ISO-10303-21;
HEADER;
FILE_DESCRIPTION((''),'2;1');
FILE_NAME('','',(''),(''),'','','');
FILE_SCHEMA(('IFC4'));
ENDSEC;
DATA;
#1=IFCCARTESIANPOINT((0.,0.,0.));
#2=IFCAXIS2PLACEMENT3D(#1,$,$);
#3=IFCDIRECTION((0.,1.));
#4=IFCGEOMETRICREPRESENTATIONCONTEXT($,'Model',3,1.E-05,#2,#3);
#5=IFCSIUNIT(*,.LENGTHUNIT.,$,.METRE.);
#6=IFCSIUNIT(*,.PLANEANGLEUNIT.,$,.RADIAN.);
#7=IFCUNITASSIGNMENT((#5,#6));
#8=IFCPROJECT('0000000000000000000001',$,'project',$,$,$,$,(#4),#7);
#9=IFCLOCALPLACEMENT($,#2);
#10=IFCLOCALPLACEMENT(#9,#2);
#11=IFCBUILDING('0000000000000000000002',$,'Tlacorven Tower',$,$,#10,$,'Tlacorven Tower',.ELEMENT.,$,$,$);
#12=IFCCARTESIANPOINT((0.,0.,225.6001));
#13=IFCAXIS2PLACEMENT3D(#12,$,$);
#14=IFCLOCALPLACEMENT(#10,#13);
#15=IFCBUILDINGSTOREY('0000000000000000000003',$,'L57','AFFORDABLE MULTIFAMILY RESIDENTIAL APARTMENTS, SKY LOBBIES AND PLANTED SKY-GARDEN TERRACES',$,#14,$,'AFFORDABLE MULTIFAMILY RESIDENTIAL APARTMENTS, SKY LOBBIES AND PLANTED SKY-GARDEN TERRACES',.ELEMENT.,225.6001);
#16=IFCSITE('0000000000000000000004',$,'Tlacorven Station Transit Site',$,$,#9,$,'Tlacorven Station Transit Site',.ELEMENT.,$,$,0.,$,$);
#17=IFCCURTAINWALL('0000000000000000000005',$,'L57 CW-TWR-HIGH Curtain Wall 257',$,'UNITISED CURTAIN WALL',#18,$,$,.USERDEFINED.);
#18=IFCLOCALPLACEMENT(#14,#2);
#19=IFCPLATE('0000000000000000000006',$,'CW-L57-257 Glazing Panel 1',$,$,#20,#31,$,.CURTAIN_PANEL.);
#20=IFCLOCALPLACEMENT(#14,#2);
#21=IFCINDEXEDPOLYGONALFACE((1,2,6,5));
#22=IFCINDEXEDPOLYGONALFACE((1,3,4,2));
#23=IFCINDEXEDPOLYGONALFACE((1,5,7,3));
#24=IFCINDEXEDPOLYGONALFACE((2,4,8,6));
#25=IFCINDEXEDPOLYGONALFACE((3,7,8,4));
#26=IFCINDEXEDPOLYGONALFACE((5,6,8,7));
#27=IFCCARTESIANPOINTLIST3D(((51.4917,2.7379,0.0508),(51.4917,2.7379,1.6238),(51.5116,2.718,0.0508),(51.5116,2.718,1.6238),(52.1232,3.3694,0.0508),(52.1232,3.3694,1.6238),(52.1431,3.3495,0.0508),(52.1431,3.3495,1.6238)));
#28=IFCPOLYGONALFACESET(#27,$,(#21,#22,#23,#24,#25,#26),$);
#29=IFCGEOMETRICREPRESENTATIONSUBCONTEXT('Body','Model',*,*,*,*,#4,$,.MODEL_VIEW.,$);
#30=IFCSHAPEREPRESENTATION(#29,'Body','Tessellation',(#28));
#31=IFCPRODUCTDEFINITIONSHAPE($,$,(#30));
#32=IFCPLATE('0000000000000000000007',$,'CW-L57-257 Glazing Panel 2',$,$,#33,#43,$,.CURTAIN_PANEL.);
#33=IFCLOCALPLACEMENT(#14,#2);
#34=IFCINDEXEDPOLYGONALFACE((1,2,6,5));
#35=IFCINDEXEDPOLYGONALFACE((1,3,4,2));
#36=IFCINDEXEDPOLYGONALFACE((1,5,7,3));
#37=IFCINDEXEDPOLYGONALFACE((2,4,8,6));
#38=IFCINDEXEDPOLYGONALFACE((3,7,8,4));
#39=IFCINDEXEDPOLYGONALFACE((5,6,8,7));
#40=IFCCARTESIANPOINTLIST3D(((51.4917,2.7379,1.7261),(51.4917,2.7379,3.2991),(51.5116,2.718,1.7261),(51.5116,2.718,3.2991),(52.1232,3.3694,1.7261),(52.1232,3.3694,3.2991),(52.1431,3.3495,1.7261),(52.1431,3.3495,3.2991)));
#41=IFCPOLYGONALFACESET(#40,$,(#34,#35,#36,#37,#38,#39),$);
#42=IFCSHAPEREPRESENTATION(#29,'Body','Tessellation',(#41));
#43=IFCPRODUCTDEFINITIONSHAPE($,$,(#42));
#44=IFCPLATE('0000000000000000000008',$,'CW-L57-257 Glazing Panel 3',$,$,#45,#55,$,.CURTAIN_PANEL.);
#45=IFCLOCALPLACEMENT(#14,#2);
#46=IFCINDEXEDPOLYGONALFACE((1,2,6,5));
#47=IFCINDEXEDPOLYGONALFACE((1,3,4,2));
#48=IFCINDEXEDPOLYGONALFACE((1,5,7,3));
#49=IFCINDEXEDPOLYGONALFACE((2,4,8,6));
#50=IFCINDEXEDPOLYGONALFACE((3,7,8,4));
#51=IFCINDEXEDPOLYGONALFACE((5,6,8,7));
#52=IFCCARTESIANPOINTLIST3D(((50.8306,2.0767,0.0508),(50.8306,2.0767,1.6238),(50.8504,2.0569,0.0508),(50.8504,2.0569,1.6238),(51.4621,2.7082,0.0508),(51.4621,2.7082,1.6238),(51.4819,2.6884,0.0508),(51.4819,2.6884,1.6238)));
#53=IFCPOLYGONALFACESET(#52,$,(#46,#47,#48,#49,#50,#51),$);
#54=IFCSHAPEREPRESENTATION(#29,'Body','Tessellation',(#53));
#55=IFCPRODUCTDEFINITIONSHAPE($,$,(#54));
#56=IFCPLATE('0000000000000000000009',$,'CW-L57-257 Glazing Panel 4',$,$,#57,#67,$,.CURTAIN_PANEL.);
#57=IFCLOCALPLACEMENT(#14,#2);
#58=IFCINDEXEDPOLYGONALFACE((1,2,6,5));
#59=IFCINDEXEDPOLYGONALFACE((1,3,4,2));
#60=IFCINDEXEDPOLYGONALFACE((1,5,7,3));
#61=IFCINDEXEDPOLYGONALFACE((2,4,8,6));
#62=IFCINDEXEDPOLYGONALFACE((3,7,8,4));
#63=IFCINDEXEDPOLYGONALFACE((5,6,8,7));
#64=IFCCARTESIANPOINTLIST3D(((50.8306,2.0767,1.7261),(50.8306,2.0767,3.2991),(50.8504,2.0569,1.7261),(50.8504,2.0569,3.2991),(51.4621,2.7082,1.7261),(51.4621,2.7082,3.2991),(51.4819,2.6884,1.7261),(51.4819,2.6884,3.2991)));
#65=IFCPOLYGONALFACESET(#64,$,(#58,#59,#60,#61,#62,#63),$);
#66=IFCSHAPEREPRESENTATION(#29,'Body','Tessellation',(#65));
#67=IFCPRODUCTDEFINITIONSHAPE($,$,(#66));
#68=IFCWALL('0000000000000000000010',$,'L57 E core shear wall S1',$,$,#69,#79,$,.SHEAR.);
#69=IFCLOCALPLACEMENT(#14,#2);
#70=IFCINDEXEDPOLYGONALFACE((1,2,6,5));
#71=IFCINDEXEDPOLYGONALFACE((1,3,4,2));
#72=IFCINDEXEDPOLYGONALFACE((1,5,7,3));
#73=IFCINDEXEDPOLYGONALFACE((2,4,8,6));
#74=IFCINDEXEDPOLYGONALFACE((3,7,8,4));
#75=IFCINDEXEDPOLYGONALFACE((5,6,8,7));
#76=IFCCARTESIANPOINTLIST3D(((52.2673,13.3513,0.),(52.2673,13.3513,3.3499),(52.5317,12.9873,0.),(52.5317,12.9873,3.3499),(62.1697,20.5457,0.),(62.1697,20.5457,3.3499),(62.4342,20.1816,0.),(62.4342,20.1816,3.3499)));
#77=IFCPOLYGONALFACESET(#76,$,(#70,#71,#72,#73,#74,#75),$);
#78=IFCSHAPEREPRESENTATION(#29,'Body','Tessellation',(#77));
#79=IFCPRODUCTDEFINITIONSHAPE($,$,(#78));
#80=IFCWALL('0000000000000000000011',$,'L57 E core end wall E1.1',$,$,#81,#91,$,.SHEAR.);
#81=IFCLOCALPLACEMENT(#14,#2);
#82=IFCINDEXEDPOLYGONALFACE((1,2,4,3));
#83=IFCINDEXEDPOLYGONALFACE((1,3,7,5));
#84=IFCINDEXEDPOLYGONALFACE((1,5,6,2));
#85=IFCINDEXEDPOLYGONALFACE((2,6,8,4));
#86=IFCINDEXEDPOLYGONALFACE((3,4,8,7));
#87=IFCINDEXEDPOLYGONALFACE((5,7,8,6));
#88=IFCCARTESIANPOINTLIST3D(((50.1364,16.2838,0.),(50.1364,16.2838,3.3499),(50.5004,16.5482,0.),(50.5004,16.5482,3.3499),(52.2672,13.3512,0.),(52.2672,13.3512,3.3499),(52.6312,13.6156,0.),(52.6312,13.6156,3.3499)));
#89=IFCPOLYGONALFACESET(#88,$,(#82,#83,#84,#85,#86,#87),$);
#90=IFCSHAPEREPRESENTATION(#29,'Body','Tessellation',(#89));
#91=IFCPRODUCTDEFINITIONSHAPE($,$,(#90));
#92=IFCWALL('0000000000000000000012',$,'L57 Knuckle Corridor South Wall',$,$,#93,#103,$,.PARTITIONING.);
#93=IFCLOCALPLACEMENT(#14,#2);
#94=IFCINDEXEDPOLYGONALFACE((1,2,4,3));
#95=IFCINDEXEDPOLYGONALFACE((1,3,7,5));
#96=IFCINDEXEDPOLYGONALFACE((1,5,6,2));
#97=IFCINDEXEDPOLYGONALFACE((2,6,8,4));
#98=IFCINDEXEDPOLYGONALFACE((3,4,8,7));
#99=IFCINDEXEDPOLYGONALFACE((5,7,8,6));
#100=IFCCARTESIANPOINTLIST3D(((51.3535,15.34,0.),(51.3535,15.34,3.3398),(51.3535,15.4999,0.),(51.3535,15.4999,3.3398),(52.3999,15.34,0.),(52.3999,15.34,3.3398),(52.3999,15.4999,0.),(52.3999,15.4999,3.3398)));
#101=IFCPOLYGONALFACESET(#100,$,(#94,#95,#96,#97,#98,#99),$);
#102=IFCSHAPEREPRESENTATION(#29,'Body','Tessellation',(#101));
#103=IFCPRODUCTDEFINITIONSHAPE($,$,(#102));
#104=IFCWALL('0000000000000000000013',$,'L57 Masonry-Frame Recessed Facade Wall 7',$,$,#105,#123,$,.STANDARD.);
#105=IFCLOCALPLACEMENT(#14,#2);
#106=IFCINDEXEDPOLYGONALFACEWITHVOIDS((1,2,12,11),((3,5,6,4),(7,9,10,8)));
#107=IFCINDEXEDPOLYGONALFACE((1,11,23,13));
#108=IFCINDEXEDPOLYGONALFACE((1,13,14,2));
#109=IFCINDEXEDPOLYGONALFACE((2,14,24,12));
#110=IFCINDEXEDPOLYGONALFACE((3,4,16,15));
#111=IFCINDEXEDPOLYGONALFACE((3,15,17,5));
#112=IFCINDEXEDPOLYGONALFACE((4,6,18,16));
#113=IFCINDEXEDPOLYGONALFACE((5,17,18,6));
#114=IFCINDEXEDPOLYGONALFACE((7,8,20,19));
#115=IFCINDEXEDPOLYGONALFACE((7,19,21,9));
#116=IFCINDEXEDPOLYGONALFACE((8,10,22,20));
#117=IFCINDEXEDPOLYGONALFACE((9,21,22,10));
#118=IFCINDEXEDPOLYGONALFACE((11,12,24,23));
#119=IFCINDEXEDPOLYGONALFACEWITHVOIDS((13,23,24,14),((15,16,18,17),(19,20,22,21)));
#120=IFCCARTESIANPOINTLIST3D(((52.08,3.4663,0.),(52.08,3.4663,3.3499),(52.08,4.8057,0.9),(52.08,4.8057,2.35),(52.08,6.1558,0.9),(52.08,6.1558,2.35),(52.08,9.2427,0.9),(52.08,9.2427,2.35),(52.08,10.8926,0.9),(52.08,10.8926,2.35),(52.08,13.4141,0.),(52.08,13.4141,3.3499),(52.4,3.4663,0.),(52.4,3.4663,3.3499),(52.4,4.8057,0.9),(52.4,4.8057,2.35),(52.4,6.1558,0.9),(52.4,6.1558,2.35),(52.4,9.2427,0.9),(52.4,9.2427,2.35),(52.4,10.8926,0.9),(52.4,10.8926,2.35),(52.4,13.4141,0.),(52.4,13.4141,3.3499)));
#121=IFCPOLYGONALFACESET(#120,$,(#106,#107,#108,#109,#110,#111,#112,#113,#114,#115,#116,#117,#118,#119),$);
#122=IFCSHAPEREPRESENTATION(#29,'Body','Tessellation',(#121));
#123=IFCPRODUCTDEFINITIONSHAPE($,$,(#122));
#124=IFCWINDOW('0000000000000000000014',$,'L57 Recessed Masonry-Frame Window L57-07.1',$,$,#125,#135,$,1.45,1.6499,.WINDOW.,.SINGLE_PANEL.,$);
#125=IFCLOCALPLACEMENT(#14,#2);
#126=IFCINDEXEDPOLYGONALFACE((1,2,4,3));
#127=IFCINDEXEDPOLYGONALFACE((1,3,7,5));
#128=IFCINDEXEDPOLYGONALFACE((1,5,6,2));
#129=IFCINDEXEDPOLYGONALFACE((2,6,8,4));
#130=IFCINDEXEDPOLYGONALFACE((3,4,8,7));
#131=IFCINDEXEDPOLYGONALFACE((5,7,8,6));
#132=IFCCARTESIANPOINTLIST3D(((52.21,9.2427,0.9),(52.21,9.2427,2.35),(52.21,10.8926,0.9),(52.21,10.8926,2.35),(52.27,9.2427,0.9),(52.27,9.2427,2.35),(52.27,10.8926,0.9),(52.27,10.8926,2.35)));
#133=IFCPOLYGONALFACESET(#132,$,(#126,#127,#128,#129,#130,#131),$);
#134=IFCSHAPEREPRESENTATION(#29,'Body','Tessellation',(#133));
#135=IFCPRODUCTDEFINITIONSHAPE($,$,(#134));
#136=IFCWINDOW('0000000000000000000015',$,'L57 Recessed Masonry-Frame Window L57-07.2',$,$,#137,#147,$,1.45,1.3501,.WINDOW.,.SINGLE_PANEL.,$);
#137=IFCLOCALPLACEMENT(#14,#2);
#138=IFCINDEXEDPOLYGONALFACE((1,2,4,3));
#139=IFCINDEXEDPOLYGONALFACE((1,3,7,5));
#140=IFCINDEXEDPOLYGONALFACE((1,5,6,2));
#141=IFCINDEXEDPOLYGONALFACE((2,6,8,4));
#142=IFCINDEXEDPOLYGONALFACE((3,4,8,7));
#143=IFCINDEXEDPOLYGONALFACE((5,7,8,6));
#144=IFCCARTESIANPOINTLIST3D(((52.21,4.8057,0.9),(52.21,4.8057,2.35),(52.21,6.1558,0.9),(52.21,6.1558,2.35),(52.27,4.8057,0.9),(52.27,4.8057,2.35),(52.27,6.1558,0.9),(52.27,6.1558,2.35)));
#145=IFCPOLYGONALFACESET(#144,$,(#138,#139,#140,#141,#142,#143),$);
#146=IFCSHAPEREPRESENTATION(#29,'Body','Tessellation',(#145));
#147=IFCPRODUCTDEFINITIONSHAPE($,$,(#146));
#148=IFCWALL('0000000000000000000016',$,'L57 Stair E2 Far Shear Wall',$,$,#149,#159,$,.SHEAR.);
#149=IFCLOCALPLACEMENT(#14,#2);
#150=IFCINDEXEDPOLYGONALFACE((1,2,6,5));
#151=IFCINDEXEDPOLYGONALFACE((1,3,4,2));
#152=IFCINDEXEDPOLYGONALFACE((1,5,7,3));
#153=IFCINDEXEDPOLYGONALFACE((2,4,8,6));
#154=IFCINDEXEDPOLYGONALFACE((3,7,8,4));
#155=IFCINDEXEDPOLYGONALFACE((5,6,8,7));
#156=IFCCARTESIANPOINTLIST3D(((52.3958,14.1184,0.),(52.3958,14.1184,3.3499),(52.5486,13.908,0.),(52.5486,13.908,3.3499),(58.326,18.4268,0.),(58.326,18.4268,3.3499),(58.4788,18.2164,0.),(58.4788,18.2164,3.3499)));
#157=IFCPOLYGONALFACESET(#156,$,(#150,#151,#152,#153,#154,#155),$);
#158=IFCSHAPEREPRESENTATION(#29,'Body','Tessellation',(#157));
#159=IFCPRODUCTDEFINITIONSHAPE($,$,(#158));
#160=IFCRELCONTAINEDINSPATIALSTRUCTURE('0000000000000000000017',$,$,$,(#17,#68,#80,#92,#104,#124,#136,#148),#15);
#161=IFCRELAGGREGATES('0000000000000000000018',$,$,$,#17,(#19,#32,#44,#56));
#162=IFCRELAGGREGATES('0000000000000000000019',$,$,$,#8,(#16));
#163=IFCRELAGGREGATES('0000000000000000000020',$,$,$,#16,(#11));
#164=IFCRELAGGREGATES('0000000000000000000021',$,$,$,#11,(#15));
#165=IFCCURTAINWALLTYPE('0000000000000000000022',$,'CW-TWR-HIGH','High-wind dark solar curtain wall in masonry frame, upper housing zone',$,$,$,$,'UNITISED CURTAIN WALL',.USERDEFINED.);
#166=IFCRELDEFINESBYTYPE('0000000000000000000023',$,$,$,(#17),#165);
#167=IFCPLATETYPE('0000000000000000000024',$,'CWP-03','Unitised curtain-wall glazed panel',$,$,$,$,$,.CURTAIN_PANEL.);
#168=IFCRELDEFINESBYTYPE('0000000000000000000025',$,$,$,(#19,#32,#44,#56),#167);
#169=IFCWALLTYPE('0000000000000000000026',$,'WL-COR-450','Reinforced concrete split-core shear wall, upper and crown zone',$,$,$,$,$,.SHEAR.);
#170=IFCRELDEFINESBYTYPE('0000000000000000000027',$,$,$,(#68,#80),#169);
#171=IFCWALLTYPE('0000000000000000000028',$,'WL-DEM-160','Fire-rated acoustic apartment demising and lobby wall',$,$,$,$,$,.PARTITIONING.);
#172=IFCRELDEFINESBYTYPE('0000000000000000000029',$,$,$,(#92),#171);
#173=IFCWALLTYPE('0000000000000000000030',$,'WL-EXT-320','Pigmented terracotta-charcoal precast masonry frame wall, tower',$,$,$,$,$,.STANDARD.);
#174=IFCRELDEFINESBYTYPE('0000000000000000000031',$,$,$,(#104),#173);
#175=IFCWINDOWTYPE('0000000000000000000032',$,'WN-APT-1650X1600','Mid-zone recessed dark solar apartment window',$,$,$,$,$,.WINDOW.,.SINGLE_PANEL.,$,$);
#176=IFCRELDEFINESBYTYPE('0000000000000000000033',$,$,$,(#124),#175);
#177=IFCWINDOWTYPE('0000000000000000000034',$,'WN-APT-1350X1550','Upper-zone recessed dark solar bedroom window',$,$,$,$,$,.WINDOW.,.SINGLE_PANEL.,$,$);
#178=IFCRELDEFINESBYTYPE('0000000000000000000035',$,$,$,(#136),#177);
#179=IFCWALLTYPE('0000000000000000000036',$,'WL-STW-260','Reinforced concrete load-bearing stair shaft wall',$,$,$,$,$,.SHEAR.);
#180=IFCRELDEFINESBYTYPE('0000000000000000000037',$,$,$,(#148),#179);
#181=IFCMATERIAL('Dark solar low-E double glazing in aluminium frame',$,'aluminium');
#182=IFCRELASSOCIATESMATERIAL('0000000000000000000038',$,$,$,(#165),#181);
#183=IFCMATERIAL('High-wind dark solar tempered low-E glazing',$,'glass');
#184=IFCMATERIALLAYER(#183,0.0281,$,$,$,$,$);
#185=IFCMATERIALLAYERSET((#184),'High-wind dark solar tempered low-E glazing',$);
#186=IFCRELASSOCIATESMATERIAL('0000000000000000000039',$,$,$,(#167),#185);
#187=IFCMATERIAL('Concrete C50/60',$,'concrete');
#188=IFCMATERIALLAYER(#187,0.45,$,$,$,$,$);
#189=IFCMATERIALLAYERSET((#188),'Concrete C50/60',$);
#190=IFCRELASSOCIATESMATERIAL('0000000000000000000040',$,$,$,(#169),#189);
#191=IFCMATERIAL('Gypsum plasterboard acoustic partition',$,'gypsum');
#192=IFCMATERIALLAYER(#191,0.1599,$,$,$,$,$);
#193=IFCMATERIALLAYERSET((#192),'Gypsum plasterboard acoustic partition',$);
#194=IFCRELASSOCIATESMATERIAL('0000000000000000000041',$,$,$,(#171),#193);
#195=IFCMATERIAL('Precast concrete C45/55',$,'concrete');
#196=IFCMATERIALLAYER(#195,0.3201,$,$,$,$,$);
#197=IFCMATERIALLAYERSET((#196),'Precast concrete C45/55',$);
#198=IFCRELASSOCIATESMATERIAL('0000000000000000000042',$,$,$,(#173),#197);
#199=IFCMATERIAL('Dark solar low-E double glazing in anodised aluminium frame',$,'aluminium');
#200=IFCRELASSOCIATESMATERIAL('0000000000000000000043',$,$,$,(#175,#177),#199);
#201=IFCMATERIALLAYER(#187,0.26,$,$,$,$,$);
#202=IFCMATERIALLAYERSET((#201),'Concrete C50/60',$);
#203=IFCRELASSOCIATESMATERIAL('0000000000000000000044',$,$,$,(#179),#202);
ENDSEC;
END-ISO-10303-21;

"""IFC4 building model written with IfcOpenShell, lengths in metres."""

from ifc_helpers import new_model, si_unit, direction, frame, frame_2d, origin, origin_2d, place, context, subcontext, project, spatial, rectangle, extrude, source, transform, mapped, material, layer, layer_set, type_object, element, fill, aggregate, save


model = new_model("IFC4")

# Units and contexts
model_context = context("Model", 3, precision=1e-05, world=origin(), true_north=direction((0.0, 1.0)))
body_context = subcontext(model_context, "Body", "Model", "MODEL_VIEW")
ifc_project = project(units=[si_unit("LENGTHUNIT", "METRE"), si_unit("PLANEANGLEUNIT", "RADIAN")], contexts=[model_context])

# Site, building, storey
site_placement = place(None, origin())
site = spatial("IfcSite", under=ifc_project, at=site_placement, Name="Tlacorven Station Transit Site", LongName="Tlacorven Station Transit Site", CompositionType="ELEMENT", RefElevation=0.0)
building_placement = place(site_placement, origin())
building = spatial("IfcBuilding", under=site, at=building_placement, Name="Tlacorven Tower", LongName="Tlacorven Tower", CompositionType="ELEMENT")
storey_placement = place(building_placement, frame((0.0, 0.0, 225.6001)))
storey = spatial("IfcBuildingStorey", under=building, at=storey_placement, Name="L57", Description="AFFORDABLE MULTIFAMILY RESIDENTIAL APARTMENTS, SKY LOBBIES AND PLANTED SKY-GARDEN TERRACES", LongName="AFFORDABLE MULTIFAMILY RESIDENTIAL APARTMENTS, SKY LOBBIES AND PLANTED SKY-GARDEN TERRACES", CompositionType="ELEMENT", Elevation=225.6001)

# Curtain wall, plates
ifc_material_1 = material(Name="Dark solar low-E double glazing in aluminium frame", Category="aluminium")
curtain_wall_type = type_object("IfcCurtainWallType", Name="CW-TWR-HIGH", Description="High-wind dark solar curtain wall in masonry frame, upper housing zone", ElementType="UNITISED CURTAIN WALL", PredefinedType="USERDEFINED", material=ifc_material_1)
curtain_wall_placement = place(storey_placement, origin())
curtain_wall = element("IfcCurtainWall", 1, at=curtain_wall_placement, inside=storey, type_object=curtain_wall_type, Name="L57 CW-TWR-HIGH Curtain Wall 257", ObjectType="UNITISED CURTAIN WALL", PredefinedType="USERDEFINED")
ifc_material_2 = material(Name="High-wind dark solar tempered low-E glazing", Category="glass")
ifc_layer_1 = layer(ifc_material_2, 0.0281)
ifc_layer_set_1 = layer_set([ifc_layer_1], Name="High-wind dark solar tempered low-E glazing")
plate_type = type_object("IfcPlateType", Name="CWP-03", Description="Unitised curtain-wall glazed panel", PredefinedType="CURTAIN_PANEL", material=ifc_layer_set_1)
shared_shape_1 = source(origin(), body_context, "Body", "SweptSolid", [
    extrude(rectangle(XDim=0.8931, YDim=0.0281, at=origin_2d()), origin(), (0.0, 0.0, 1.0), 1.573),
])
plate_1_placement = place(storey_placement, frame((51.8174, 3.0437, 0.0508), z_axis=(0.0, 0.0, 1.0), x_axis=(-0.707107, -0.707107, 0.0)))
plate_1 = element("IfcPlate", 2, at=plate_1_placement, type_object=plate_type, Name="CW-L57-257 Glazing Panel 1", PredefinedType="CURTAIN_PANEL", context=body_context, shape_type="MappedRepresentation", body=[
    mapped(shared_shape_1, transform((0.0, 0.0, 0.0), scale=1.0)),
])
plate_2_placement = place(storey_placement, frame((51.8174, 3.0437, 1.7261), z_axis=(0.0, 0.0, 1.0), x_axis=(-0.707107, -0.707107, 0.0)))
plate_2 = element("IfcPlate", 3, at=plate_2_placement, type_object=plate_type, Name="CW-L57-257 Glazing Panel 2", PredefinedType="CURTAIN_PANEL", context=body_context, shape_type="MappedRepresentation", body=[
    mapped(shared_shape_1, transform((0.0, 0.0, 0.0), scale=1.0)),
])
plate_3_placement = place(storey_placement, frame((51.1562, 2.3826, 0.0508), z_axis=(0.0, 0.0, 1.0), x_axis=(-0.707107, -0.707107, 0.0)))
plate_3 = element("IfcPlate", 4, at=plate_3_placement, type_object=plate_type, Name="CW-L57-257 Glazing Panel 3", PredefinedType="CURTAIN_PANEL", context=body_context, shape_type="MappedRepresentation", body=[
    mapped(shared_shape_1, transform((0.0, 0.0, 0.0), scale=1.0)),
])
plate_4_placement = place(storey_placement, frame((51.1562, 2.3826, 1.7261), z_axis=(0.0, 0.0, 1.0), x_axis=(-0.707107, -0.707107, 0.0)))
plate_4 = element("IfcPlate", 5, at=plate_4_placement, type_object=plate_type, Name="CW-L57-257 Glazing Panel 4", PredefinedType="CURTAIN_PANEL", context=body_context, shape_type="MappedRepresentation", body=[
    mapped(shared_shape_1, transform((0.0, 0.0, 0.0), scale=1.0)),
])
aggregate(curtain_wall, [plate_1, plate_2, plate_3, plate_4])

# Walls
ifc_material_3 = material(Name="Concrete C50/60", Category="concrete")
ifc_layer_2 = layer(ifc_material_3, 0.45)
ifc_layer_set_2 = layer_set([ifc_layer_2], Name="Concrete C50/60")
wall_type_1 = type_object("IfcWallType", Name="WL-COR-450", Description="Reinforced concrete split-core shear wall, upper and crown zone", PredefinedType="SHEAR", material=ifc_layer_set_2)
wall_1_placement = place(storey_placement, frame((52.3994, 13.1692, 0.0), z_axis=(0.0, 0.0, 1.0), x_axis=(0.809022, 0.587778, 0.0)))
element("IfcWall", 6, at=wall_1_placement, inside=storey, type_object=wall_type_1, Name="L57 E core shear wall S1", PredefinedType="SHEAR", context=body_context, shape_type="SweptSolid", body=[
    extrude(rectangle(XDim=12.24, YDim=0.45, at=frame_2d((6.1201, 0.0))), origin(), (0.0, 0.0, 1.0), 3.3499),
])
wall_2_placement = place(storey_placement, frame((52.4492, 13.4834, 0.0), z_axis=(0.0, 0.0, 1.0), x_axis=(-0.587819, 0.808992, 0.0)))
element("IfcWall", 7, at=wall_2_placement, inside=storey, type_object=wall_type_1, Name="L57 E core end wall E1.1", PredefinedType="SHEAR", context=body_context, shape_type="SweptSolid", body=[
    extrude(rectangle(XDim=3.625, YDim=0.45, at=frame_2d((1.8125, 0.0))), origin(), (0.0, 0.0, 1.0), 3.3499),
])
ifc_material_4 = material(Name="Gypsum plasterboard acoustic partition", Category="gypsum")
ifc_layer_3 = layer(ifc_material_4, 0.1599)
ifc_layer_set_3 = layer_set([ifc_layer_3], Name="Gypsum plasterboard acoustic partition")
wall_type_2 = type_object("IfcWallType", Name="WL-DEM-160", Description="Fire-rated acoustic apartment demising and lobby wall", PredefinedType="PARTITIONING", material=ifc_layer_set_3)
wall_3_placement = place(storey_placement, frame((51.3535, 15.4199, 0.0), z_axis=(0.0, 0.0, 1.0), x_axis=(1.0, 0.0, 0.0)))
element("IfcWall", 8, at=wall_3_placement, inside=storey, type_object=wall_type_2, Name="L57 Knuckle Corridor South Wall", PredefinedType="PARTITIONING", context=body_context, shape_type="SweptSolid", body=[
    extrude(rectangle(XDim=1.0464, YDim=0.1599, at=frame_2d((0.5232, 0.0))), origin(), (0.0, 0.0, 1.0), 3.3398),
])

# Wall, openings, windows
ifc_material_5 = material(Name="Precast concrete C45/55", Category="concrete")
ifc_layer_4 = layer(ifc_material_5, 0.3201)
ifc_layer_set_4 = layer_set([ifc_layer_4], Name="Precast concrete C45/55")
wall_type_3 = type_object("IfcWallType", Name="WL-EXT-320", Description="Pigmented terracotta-charcoal precast masonry frame wall, tower", PredefinedType="STANDARD", material=ifc_layer_set_4)
wall_4_placement = place(storey_placement, frame((52.24, 13.4141, 0.0), z_axis=(0.0, 0.0, 1.0), x_axis=(0.0, -1.0, 0.0)))
wall_4 = element("IfcWall", 9, at=wall_4_placement, inside=storey, type_object=wall_type_3, Name="L57 Masonry-Frame Recessed Facade Wall 7", PredefinedType="STANDARD", context=body_context, shape_type="SweptSolid", body=[
    extrude(rectangle(XDim=9.9478, YDim=0.3201, at=frame_2d((4.9739, 0.0))), origin(), (0.0, 0.0, 1.0), 3.3499),
])
opening_1_placement = place(wall_4_placement, frame((2.5215, 0.0, 0.8999)))
opening_1 = element("IfcOpeningElement", 10, at=opening_1_placement, cuts=wall_4, PredefinedType="OPENING", context=body_context, shape_type="SweptSolid", body=[
    extrude(rectangle(XDim=1.6499, YDim=1.45, at=frame_2d((0.825, 0.7251))), frame((0.0, 0.1699, 0.0), z_axis=(0.0, -1.0, 0.0), x_axis=(1.0, 0.0, 0.0)), (0.0, 0.0, 1.0), 0.3401),
])
opening_2_placement = place(wall_4_placement, frame((7.2583, 0.0, 0.8999)))
opening_2 = element("IfcOpeningElement", 11, at=opening_2_placement, cuts=wall_4, PredefinedType="OPENING", context=body_context, shape_type="SweptSolid", body=[
    extrude(rectangle(XDim=1.3501, YDim=1.45, at=frame_2d((0.675, 0.7251))), frame((0.0, 0.1699, 0.0), z_axis=(0.0, -1.0, 0.0), x_axis=(1.0, 0.0, 0.0)), (0.0, 0.0, 1.0), 0.3401),
])
ifc_material_6 = material(Name="Dark solar low-E double glazing in anodised aluminium frame", Category="aluminium")
window_type_1 = type_object("IfcWindowType", Name="WN-APT-1650X1600", Description="Mid-zone recessed dark solar apartment window", PartitioningType="SINGLE_PANEL", PredefinedType="WINDOW", material=ifc_material_6)
shared_shape_2 = source(origin(), body_context, "Body", "SweptSolid", [
    extrude(rectangle(XDim=1.6499, YDim=1.45, at=frame_2d((0.825, 0.7251))), frame((0.0, 0.03, 0.0), z_axis=(0.0, -1.0, 0.0), x_axis=(1.0, 0.0, 0.0)), (0.0, 0.0, 1.0), 0.0601),
])
window_1_placement = place(opening_1_placement, origin())
window_1 = element("IfcWindow", 12, at=window_1_placement, inside=storey, type_object=window_type_1, Name="L57 Recessed Masonry-Frame Window L57-07.1", OverallHeight=1.45, OverallWidth=1.6499, PartitioningType="SINGLE_PANEL", PredefinedType="WINDOW", context=body_context, shape_type="MappedRepresentation", body=[
    mapped(shared_shape_2, transform((0.0, 0.0, 0.0), scale=1.0)),
])
fill(opening_1, window_1)
window_type_2 = type_object("IfcWindowType", Name="WN-APT-1350X1550", Description="Upper-zone recessed dark solar bedroom window", PartitioningType="SINGLE_PANEL", PredefinedType="WINDOW", material=ifc_material_6)
shared_shape_3 = source(origin(), body_context, "Body", "SweptSolid", [
    extrude(rectangle(XDim=1.3501, YDim=1.45, at=frame_2d((0.675, 0.7251))), frame((0.0, 0.03, 0.0), z_axis=(0.0, -1.0, 0.0), x_axis=(1.0, 0.0, 0.0)), (0.0, 0.0, 1.0), 0.0601),
])
window_2_placement = place(opening_2_placement, origin())
window_2 = element("IfcWindow", 13, at=window_2_placement, inside=storey, type_object=window_type_2, Name="L57 Recessed Masonry-Frame Window L57-07.2", OverallHeight=1.45, OverallWidth=1.3501, PartitioningType="SINGLE_PANEL", PredefinedType="WINDOW", context=body_context, shape_type="MappedRepresentation", body=[
    mapped(shared_shape_3, transform((0.0, 0.0, 0.0), scale=1.0)),
])
fill(opening_2, window_2)

# Wall
ifc_layer_5 = layer(ifc_material_3, 0.26)
ifc_layer_set_5 = layer_set([ifc_layer_5], Name="Concrete C50/60")
wall_type_4 = type_object("IfcWallType", Name="WL-STW-260", Description="Reinforced concrete load-bearing stair shaft wall", PredefinedType="SHEAR", material=ifc_layer_set_5)
wall_5_placement = place(storey_placement, frame((52.4722, 14.0132, 0.0), z_axis=(0.0, 0.0, 1.0), x_axis=(0.809028, 0.58777, 0.0)))
element("IfcWall", 14, at=wall_5_placement, inside=storey, type_object=wall_type_4, Name="L57 Stair E2 Far Shear Wall", PredefinedType="SHEAR", context=body_context, shape_type="SweptSolid", body=[
    extrude(rectangle(XDim=7.3301, YDim=0.26, at=frame_2d((3.665, 0.0))), origin(), (0.0, 0.0, 1.0), 3.3499),
])

save(model, "model.ifc")
